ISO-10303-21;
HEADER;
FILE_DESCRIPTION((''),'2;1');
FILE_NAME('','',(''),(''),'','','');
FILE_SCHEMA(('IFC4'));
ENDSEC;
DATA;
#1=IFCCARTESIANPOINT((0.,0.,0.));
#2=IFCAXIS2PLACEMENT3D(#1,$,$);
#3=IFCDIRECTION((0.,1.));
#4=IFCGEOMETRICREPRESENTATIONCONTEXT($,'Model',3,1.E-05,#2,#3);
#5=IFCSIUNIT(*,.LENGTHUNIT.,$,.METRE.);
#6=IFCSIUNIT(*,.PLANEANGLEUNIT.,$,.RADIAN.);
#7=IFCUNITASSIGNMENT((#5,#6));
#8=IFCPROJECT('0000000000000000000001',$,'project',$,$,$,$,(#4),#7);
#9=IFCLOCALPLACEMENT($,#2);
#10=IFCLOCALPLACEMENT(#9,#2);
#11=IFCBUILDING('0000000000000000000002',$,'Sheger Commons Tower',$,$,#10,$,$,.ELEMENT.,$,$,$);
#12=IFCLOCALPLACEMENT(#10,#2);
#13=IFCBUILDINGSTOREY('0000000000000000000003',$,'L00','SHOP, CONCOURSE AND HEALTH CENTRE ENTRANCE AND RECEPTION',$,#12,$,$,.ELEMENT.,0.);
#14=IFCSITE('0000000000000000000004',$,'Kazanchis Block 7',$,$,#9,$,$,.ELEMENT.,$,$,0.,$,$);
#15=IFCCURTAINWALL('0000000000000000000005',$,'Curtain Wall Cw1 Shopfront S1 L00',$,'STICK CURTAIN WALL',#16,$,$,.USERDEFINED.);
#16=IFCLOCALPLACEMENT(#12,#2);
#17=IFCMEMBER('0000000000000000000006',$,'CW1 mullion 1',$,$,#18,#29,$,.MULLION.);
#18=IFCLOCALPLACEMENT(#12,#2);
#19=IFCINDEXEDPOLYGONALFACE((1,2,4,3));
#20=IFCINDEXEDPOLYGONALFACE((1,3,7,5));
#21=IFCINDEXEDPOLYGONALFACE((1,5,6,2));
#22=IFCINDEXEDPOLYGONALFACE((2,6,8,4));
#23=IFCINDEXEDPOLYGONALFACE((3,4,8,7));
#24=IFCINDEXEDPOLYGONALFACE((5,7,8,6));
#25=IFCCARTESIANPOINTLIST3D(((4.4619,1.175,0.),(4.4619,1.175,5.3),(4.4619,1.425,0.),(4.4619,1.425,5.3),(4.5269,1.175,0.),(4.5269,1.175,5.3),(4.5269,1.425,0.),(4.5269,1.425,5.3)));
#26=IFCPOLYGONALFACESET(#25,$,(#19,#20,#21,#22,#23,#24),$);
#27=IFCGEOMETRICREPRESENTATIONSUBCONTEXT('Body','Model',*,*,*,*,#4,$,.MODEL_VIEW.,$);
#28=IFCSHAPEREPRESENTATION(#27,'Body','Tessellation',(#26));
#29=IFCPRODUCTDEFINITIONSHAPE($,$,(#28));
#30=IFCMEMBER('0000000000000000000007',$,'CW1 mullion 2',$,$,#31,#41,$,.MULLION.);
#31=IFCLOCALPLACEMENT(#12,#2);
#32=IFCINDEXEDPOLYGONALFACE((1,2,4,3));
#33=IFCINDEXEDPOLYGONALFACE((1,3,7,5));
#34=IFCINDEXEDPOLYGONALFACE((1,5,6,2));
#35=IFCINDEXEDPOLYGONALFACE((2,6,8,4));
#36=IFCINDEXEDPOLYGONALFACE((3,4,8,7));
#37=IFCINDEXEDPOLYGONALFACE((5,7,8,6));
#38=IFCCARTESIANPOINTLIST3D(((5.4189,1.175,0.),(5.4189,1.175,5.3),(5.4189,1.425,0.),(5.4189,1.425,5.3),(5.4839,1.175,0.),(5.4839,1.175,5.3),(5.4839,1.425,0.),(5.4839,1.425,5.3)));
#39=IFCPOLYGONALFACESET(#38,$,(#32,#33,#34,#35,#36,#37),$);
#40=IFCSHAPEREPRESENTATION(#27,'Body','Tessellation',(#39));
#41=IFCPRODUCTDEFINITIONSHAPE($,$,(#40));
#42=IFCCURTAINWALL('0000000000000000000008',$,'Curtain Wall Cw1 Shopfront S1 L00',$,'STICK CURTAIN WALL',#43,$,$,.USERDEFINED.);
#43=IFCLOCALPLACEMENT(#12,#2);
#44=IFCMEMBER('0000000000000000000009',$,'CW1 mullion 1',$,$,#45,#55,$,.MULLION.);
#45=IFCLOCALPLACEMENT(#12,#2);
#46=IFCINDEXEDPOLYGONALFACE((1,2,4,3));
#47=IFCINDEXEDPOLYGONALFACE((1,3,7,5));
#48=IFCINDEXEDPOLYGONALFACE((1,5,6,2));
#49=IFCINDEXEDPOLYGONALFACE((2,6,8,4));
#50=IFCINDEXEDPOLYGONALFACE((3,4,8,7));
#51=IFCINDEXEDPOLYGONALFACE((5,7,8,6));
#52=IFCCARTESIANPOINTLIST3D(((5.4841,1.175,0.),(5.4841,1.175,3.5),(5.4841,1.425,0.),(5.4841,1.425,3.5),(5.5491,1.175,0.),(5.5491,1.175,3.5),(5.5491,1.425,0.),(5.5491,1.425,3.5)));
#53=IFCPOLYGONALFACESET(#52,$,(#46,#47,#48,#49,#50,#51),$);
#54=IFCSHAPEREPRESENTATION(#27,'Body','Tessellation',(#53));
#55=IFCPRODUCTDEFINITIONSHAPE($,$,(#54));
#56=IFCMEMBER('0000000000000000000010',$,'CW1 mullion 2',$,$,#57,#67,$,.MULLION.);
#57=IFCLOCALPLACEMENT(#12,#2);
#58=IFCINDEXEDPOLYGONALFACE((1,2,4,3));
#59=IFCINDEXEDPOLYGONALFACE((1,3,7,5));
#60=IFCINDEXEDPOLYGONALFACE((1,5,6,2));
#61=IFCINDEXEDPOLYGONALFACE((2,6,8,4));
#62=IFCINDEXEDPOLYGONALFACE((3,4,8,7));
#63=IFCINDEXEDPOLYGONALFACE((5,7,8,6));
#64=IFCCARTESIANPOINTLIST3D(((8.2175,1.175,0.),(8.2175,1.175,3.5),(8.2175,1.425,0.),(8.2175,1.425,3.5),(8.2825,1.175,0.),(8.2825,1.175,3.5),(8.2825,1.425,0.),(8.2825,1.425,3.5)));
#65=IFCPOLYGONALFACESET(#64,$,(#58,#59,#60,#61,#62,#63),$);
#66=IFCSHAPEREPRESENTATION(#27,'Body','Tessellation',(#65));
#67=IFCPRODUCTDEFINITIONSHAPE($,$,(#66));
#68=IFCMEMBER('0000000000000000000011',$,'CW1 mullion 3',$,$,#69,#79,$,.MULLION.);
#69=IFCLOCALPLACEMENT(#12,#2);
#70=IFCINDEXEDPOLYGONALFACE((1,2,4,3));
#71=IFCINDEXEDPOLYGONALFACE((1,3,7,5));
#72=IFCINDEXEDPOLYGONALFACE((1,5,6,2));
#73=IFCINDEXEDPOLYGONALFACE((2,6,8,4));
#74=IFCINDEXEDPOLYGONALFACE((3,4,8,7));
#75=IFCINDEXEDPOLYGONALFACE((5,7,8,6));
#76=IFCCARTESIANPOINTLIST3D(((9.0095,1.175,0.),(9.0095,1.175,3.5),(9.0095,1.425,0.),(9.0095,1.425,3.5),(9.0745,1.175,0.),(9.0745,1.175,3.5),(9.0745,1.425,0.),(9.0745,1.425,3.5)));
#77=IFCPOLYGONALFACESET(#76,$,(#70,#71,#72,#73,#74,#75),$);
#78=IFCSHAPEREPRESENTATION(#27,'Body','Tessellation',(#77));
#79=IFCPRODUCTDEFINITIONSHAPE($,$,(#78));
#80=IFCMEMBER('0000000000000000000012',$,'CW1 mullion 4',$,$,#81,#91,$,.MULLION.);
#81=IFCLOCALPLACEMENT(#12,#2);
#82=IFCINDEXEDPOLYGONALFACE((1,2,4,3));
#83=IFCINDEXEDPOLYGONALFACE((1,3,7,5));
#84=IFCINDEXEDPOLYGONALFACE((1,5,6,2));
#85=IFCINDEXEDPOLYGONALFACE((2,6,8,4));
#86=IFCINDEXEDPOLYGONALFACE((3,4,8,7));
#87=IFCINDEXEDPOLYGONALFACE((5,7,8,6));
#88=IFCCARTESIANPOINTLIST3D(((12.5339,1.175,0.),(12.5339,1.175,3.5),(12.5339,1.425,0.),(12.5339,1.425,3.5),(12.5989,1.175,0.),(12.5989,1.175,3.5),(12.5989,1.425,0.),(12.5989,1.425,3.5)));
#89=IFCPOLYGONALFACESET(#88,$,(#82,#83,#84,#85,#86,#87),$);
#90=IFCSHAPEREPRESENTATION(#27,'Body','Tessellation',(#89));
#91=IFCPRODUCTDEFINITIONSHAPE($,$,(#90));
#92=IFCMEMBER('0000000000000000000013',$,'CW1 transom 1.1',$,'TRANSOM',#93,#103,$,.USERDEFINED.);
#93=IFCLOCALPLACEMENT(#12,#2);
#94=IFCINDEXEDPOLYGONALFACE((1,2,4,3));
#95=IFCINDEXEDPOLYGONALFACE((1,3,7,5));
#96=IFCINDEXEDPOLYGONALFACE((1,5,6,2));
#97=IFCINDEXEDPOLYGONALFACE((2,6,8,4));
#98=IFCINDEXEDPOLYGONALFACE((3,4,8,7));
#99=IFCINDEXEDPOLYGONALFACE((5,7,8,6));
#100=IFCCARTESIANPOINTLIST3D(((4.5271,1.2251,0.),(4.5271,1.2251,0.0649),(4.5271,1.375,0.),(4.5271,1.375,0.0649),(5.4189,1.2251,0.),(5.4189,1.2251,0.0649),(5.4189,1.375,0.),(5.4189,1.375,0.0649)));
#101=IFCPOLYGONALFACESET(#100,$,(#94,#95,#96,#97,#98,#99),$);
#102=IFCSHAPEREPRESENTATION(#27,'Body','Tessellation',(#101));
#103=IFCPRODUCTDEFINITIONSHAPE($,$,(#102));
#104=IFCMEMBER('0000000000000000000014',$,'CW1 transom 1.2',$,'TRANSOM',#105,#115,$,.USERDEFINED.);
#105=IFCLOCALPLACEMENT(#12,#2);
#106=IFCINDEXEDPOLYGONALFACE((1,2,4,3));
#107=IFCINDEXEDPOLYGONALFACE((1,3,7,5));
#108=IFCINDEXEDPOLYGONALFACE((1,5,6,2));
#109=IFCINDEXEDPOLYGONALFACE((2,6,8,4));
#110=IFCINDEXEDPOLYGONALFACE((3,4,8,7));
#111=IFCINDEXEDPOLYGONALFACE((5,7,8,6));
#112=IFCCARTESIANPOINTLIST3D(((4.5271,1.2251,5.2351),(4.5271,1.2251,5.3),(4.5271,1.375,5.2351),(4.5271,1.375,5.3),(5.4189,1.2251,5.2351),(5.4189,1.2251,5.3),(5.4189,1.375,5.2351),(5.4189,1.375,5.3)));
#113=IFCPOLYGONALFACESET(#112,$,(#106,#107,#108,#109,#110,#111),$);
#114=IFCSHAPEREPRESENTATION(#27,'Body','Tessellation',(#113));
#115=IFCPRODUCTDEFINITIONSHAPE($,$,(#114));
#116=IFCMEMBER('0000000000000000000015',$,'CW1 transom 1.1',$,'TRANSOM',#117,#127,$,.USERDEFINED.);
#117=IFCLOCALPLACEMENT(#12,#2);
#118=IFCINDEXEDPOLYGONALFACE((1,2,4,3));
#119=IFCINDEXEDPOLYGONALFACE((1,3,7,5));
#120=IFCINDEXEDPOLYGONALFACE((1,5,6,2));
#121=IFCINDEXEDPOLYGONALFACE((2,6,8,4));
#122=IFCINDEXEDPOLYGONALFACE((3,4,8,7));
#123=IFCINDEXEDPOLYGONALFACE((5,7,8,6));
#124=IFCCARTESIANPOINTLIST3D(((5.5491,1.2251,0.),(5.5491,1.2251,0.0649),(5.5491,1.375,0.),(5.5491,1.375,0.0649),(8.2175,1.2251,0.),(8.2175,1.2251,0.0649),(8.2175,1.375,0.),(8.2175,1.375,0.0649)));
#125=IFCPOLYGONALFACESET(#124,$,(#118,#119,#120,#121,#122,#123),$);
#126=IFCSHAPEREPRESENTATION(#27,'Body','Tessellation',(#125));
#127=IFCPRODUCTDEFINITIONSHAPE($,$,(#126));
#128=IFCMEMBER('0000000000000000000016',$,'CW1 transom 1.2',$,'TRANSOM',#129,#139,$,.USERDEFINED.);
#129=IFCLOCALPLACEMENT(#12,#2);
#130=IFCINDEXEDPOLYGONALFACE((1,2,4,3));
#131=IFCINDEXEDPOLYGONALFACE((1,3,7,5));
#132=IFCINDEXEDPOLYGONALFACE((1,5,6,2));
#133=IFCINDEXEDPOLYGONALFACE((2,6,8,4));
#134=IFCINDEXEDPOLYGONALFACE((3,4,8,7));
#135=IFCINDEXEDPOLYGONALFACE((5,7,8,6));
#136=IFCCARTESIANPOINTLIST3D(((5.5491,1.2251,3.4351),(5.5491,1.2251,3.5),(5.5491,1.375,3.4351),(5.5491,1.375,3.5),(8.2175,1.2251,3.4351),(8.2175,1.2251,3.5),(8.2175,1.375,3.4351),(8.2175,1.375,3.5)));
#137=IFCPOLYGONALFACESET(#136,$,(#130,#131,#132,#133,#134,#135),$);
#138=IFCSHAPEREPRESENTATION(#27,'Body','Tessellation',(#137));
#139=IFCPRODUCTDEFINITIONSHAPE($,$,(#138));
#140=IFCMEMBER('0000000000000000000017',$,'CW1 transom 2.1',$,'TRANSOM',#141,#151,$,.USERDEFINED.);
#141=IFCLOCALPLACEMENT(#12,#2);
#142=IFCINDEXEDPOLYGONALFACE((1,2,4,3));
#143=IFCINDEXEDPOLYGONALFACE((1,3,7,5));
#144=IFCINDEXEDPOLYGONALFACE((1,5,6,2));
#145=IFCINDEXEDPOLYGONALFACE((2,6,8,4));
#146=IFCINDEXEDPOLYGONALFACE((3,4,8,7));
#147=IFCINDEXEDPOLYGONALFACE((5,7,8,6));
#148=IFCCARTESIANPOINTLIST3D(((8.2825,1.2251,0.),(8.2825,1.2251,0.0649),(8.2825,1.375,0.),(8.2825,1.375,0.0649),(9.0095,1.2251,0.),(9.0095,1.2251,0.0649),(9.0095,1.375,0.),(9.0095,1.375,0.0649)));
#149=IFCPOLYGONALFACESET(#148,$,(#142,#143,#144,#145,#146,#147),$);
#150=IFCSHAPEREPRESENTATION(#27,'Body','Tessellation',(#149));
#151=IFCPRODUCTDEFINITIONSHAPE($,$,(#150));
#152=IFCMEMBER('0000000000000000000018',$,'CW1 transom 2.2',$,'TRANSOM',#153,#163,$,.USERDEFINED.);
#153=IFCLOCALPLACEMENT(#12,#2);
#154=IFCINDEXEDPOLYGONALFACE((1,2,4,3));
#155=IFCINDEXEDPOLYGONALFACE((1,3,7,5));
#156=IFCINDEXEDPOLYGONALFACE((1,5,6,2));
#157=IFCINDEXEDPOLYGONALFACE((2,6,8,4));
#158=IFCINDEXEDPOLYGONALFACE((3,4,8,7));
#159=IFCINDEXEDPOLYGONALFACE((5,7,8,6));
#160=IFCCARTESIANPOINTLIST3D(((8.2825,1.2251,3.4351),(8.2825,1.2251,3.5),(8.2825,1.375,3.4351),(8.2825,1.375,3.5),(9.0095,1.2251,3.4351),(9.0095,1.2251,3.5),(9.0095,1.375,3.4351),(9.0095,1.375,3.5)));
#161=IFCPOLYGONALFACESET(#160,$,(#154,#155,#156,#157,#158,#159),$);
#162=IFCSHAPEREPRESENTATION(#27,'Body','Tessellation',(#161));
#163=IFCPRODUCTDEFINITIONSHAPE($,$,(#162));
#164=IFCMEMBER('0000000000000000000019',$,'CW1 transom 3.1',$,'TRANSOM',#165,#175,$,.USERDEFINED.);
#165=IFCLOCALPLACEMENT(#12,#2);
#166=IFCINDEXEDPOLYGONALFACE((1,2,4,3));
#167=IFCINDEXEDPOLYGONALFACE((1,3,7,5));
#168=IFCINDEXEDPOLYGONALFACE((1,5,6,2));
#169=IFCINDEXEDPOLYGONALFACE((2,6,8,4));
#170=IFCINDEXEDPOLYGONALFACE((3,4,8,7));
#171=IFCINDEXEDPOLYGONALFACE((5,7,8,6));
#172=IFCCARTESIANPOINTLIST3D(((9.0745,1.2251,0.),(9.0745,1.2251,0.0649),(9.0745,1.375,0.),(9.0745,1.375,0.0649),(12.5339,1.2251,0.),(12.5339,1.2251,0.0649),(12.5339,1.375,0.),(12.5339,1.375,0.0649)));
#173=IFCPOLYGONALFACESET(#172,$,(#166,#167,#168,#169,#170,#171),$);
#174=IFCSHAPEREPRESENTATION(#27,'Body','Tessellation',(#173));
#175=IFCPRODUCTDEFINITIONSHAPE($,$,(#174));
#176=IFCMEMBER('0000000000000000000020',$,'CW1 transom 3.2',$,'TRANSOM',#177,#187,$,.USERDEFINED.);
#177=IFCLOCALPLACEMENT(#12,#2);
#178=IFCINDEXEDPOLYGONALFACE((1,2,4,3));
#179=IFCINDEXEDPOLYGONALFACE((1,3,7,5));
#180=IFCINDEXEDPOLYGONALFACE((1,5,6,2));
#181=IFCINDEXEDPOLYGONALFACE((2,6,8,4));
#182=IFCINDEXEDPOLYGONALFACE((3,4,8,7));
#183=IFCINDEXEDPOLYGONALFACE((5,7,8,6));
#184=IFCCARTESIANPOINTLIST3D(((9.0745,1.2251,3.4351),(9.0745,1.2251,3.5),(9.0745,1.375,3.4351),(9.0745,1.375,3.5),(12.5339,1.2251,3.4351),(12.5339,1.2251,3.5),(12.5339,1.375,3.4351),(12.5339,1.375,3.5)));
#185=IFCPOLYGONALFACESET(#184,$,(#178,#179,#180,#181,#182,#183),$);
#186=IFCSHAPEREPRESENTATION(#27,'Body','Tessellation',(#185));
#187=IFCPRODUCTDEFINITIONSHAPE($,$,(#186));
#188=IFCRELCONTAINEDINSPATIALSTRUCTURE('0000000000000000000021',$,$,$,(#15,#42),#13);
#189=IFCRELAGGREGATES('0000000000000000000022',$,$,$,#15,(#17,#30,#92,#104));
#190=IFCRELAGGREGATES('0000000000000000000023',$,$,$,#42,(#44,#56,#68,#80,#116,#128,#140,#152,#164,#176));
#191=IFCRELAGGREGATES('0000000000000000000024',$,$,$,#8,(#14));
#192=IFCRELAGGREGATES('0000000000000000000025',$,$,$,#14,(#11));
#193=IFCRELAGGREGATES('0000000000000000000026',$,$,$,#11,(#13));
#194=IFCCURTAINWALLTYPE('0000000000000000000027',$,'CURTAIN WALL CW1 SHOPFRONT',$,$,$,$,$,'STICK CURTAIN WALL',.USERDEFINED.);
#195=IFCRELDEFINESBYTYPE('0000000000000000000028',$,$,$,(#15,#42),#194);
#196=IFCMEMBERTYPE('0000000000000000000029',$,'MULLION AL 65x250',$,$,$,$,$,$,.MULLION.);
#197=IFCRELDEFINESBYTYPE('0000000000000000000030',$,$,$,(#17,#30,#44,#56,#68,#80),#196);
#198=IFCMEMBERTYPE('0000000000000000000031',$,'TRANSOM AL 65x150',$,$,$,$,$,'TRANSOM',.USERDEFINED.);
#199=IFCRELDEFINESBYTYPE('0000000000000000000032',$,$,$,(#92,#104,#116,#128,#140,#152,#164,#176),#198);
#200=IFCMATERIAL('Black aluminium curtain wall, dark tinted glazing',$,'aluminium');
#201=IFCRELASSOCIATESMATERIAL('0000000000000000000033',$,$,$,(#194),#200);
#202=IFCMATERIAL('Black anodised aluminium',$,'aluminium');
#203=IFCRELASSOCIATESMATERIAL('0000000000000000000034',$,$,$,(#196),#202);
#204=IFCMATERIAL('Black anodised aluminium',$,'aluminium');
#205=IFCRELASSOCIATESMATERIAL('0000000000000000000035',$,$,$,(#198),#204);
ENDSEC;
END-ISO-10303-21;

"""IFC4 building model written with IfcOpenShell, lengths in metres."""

from ifc_helpers import new_model, si_unit, direction, frame, origin, origin_2d, place, context, subcontext, project, spatial, rectangle, extrude, material, material_profile, profile_set, type_object, element, aggregate, save


model = new_model("IFC4")

# Units and contexts
model_context = context("Model", 3, precision=1e-05, world=origin(), true_north=direction((0.0, 1.0)))
body_context = subcontext(model_context, "Body", "Model", "MODEL_VIEW")
ifc_project = project(units=[si_unit("LENGTHUNIT", "METRE"), si_unit("PLANEANGLEUNIT", "RADIAN")], contexts=[model_context])

# Site, building, storey
site_placement = place(None, origin())
site = spatial("IfcSite", under=ifc_project, at=site_placement, Name="Kazanchis Block 7", CompositionType="ELEMENT", RefElevation=0.0)
building_placement = place(site_placement, origin())
building = spatial("IfcBuilding", under=site, at=building_placement, Name="Sheger Commons Tower", CompositionType="ELEMENT")
storey_placement = place(building_placement, origin())
storey = spatial("IfcBuildingStorey", under=building, at=storey_placement, Name="L00", Description="SHOP, CONCOURSE AND HEALTH CENTRE ENTRANCE AND RECEPTION", CompositionType="ELEMENT", Elevation=0.0)

# Curtain walls, members
ifc_material_1 = material(Name="Black aluminium curtain wall, dark tinted glazing", Category="aluminium")
curtain_wall_type = type_object("IfcCurtainWallType", Name="CURTAIN WALL CW1 SHOPFRONT", ElementType="STICK CURTAIN WALL", PredefinedType="USERDEFINED", material=ifc_material_1)
curtain_wall_1_placement = place(storey_placement, origin())
curtain_wall_1 = element("IfcCurtainWall", 1, at=curtain_wall_1_placement, inside=storey, type_object=curtain_wall_type, Name="Curtain Wall Cw1 Shopfront S1 L00", ObjectType="STICK CURTAIN WALL", PredefinedType="USERDEFINED")
ifc_material_2 = material(Name="Black anodised aluminium", Category="aluminium")
ifc_material_profile_1 = material_profile(ifc_material_2, rectangle(XDim=0.25, YDim=0.0649, at=origin_2d()), Name="AL 65x250")
ifc_profile_set_1 = profile_set([ifc_material_profile_1], Name="Black anodised aluminium")
member_type_1 = type_object("IfcMemberType", Name="MULLION AL 65x250", PredefinedType="MULLION", material=ifc_profile_set_1)
member_1_placement = place(storey_placement, frame((4.4944, 1.3, 0.0), z_axis=(0.0, 0.0, 1.0), x_axis=(0.0, 1.0, 0.0)))
member_1 = element("IfcMember", 2, at=member_1_placement, type_object=member_type_1, Name="CW1 mullion 1", PredefinedType="MULLION", context=body_context, shape_type="SweptSolid", body=[
    extrude(rectangle(XDim=0.25, YDim=0.0649, at=origin_2d()), origin(), (0.0, 0.0, 1.0), 5.3),
])
member_2_placement = place(storey_placement, frame((5.4514, 1.3, 0.0), z_axis=(0.0, 0.0, 1.0), x_axis=(0.0, 1.0, 0.0)))
member_2 = element("IfcMember", 3, at=member_2_placement, type_object=member_type_1, Name="CW1 mullion 2", PredefinedType="MULLION", context=body_context, shape_type="SweptSolid", body=[
    extrude(rectangle(XDim=0.25, YDim=0.0649, at=origin_2d()), origin(), (0.0, 0.0, 1.0), 5.3),
])
curtain_wall_2_placement = place(storey_placement, origin())
curtain_wall_2 = element("IfcCurtainWall", 4, at=curtain_wall_2_placement, inside=storey, type_object=curtain_wall_type, Name="Curtain Wall Cw1 Shopfront S1 L00", ObjectType="STICK CURTAIN WALL", PredefinedType="USERDEFINED")
member_3_placement = place(storey_placement, frame((5.5166, 1.3, 0.0), z_axis=(0.0, 0.0, 1.0), x_axis=(0.0, 1.0, 0.0)))
member_3 = element("IfcMember", 5, at=member_3_placement, type_object=member_type_1, Name="CW1 mullion 1", PredefinedType="MULLION", context=body_context, shape_type="SweptSolid", body=[
    extrude(rectangle(XDim=0.25, YDim=0.0649, at=origin_2d()), origin(), (0.0, 0.0, 1.0), 3.5),
])
member_4_placement = place(storey_placement, frame((8.25, 1.3, 0.0), z_axis=(0.0, 0.0, 1.0), x_axis=(0.0, 1.0, 0.0)))
member_4 = element("IfcMember", 6, at=member_4_placement, type_object=member_type_1, Name="CW1 mullion 2", PredefinedType="MULLION", context=body_context, shape_type="SweptSolid", body=[
    extrude(rectangle(XDim=0.25, YDim=0.0649, at=origin_2d()), origin(), (0.0, 0.0, 1.0), 3.5),
])
member_5_placement = place(storey_placement, frame((9.042, 1.3, 0.0), z_axis=(0.0, 0.0, 1.0), x_axis=(0.0, 1.0, 0.0)))
member_5 = element("IfcMember", 7, at=member_5_placement, type_object=member_type_1, Name="CW1 mullion 3", PredefinedType="MULLION", context=body_context, shape_type="SweptSolid", body=[
    extrude(rectangle(XDim=0.25, YDim=0.0649, at=origin_2d()), origin(), (0.0, 0.0, 1.0), 3.5),
])
member_6_placement = place(storey_placement, frame((12.5664, 1.3, 0.0), z_axis=(0.0, 0.0, 1.0), x_axis=(0.0, 1.0, 0.0)))
member_6 = element("IfcMember", 8, at=member_6_placement, type_object=member_type_1, Name="CW1 mullion 4", PredefinedType="MULLION", context=body_context, shape_type="SweptSolid", body=[
    extrude(rectangle(XDim=0.25, YDim=0.0649, at=origin_2d()), origin(), (0.0, 0.0, 1.0), 3.5),
])

# Members
ifc_material_3 = material(Name="Black anodised aluminium", Category="aluminium")
ifc_material_profile_2 = material_profile(ifc_material_3, rectangle(XDim=0.1499, YDim=0.0649, at=origin_2d()), Name="AL 65x150")
ifc_profile_set_2 = profile_set([ifc_material_profile_2], Name="Black anodised aluminium")
member_type_2 = type_object("IfcMemberType", Name="TRANSOM AL 65x150", ElementType="TRANSOM", PredefinedType="USERDEFINED", material=ifc_profile_set_2)
member_7_placement = place(storey_placement, frame((4.5271, 1.3, 0.0325), z_axis=(1.0, 0.0, 0.0), x_axis=(0.0, 1.0, 0.0)))
member_7 = element("IfcMember", 9, at=member_7_placement, type_object=member_type_2, Name="CW1 transom 1.1", ObjectType="TRANSOM", PredefinedType="USERDEFINED", context=body_context, shape_type="SweptSolid", body=[
    extrude(rectangle(XDim=0.1499, YDim=0.0649, at=origin_2d()), origin(), (0.0, 0.0, 1.0), 0.8918),
])
member_8_placement = place(storey_placement, frame((4.5271, 1.3, 5.2676), z_axis=(1.0, 0.0, 0.0), x_axis=(0.0, 1.0, 0.0)))
member_8 = element("IfcMember", 10, at=member_8_placement, type_object=member_type_2, Name="CW1 transom 1.2", ObjectType="TRANSOM", PredefinedType="USERDEFINED", context=body_context, shape_type="SweptSolid", body=[
    extrude(rectangle(XDim=0.1499, YDim=0.0649, at=origin_2d()), origin(), (0.0, 0.0, 1.0), 0.8918),
])
member_9_placement = place(storey_placement, frame((5.5491, 1.3, 0.0325), z_axis=(1.0, 0.0, 0.0), x_axis=(0.0, 1.0, 0.0)))
member_9 = element("IfcMember", 11, at=member_9_placement, type_object=member_type_2, Name="CW1 transom 1.1", ObjectType="TRANSOM", PredefinedType="USERDEFINED", context=body_context, shape_type="SweptSolid", body=[
    extrude(rectangle(XDim=0.1499, YDim=0.0649, at=origin_2d()), origin(), (0.0, 0.0, 1.0), 2.6685),
])
member_10_placement = place(storey_placement, frame((5.5491, 1.3, 3.4675), z_axis=(1.0, 0.0, 0.0), x_axis=(0.0, 1.0, 0.0)))
member_10 = element("IfcMember", 12, at=member_10_placement, type_object=member_type_2, Name="CW1 transom 1.2", ObjectType="TRANSOM", PredefinedType="USERDEFINED", context=body_context, shape_type="SweptSolid", body=[
    extrude(rectangle(XDim=0.1499, YDim=0.0649, at=origin_2d()), origin(), (0.0, 0.0, 1.0), 2.6685),
])
member_11_placement = place(storey_placement, frame((8.2825, 1.3, 0.0325), z_axis=(1.0, 0.0, 0.0), x_axis=(0.0, 1.0, 0.0)))
member_11 = element("IfcMember", 13, at=member_11_placement, type_object=member_type_2, Name="CW1 transom 2.1", ObjectType="TRANSOM", PredefinedType="USERDEFINED", context=body_context, shape_type="SweptSolid", body=[
    extrude(rectangle(XDim=0.1499, YDim=0.0649, at=origin_2d()), origin(), (0.0, 0.0, 1.0), 0.7271),
])
member_12_placement = place(storey_placement, frame((8.2825, 1.3, 3.4675), z_axis=(1.0, 0.0, 0.0), x_axis=(0.0, 1.0, 0.0)))
member_12 = element("IfcMember", 14, at=member_12_placement, type_object=member_type_2, Name="CW1 transom 2.2", ObjectType="TRANSOM", PredefinedType="USERDEFINED", context=body_context, shape_type="SweptSolid", body=[
    extrude(rectangle(XDim=0.1499, YDim=0.0649, at=origin_2d()), origin(), (0.0, 0.0, 1.0), 0.7271),
])
member_13_placement = place(storey_placement, frame((9.0745, 1.3, 0.0325), z_axis=(1.0, 0.0, 0.0), x_axis=(0.0, 1.0, 0.0)))
member_13 = element("IfcMember", 15, at=member_13_placement, type_object=member_type_2, Name="CW1 transom 3.1", ObjectType="TRANSOM", PredefinedType="USERDEFINED", context=body_context, shape_type="SweptSolid", body=[
    extrude(rectangle(XDim=0.1499, YDim=0.0649, at=origin_2d()), origin(), (0.0, 0.0, 1.0), 3.4595),
])
member_14_placement = place(storey_placement, frame((9.0745, 1.3, 3.4675), z_axis=(1.0, 0.0, 0.0), x_axis=(0.0, 1.0, 0.0)))
member_14 = element("IfcMember", 16, at=member_14_placement, type_object=member_type_2, Name="CW1 transom 3.2", ObjectType="TRANSOM", PredefinedType="USERDEFINED", context=body_context, shape_type="SweptSolid", body=[
    extrude(rectangle(XDim=0.1499, YDim=0.0649, at=origin_2d()), origin(), (0.0, 0.0, 1.0), 3.4595),
])

aggregate(curtain_wall_1, [member_1, member_2, member_7, member_8])
aggregate(curtain_wall_2, [member_3, member_4, member_5, member_6, member_9, member_10, member_11, member_12, member_13, member_14])

save(model, "model.ifc")
